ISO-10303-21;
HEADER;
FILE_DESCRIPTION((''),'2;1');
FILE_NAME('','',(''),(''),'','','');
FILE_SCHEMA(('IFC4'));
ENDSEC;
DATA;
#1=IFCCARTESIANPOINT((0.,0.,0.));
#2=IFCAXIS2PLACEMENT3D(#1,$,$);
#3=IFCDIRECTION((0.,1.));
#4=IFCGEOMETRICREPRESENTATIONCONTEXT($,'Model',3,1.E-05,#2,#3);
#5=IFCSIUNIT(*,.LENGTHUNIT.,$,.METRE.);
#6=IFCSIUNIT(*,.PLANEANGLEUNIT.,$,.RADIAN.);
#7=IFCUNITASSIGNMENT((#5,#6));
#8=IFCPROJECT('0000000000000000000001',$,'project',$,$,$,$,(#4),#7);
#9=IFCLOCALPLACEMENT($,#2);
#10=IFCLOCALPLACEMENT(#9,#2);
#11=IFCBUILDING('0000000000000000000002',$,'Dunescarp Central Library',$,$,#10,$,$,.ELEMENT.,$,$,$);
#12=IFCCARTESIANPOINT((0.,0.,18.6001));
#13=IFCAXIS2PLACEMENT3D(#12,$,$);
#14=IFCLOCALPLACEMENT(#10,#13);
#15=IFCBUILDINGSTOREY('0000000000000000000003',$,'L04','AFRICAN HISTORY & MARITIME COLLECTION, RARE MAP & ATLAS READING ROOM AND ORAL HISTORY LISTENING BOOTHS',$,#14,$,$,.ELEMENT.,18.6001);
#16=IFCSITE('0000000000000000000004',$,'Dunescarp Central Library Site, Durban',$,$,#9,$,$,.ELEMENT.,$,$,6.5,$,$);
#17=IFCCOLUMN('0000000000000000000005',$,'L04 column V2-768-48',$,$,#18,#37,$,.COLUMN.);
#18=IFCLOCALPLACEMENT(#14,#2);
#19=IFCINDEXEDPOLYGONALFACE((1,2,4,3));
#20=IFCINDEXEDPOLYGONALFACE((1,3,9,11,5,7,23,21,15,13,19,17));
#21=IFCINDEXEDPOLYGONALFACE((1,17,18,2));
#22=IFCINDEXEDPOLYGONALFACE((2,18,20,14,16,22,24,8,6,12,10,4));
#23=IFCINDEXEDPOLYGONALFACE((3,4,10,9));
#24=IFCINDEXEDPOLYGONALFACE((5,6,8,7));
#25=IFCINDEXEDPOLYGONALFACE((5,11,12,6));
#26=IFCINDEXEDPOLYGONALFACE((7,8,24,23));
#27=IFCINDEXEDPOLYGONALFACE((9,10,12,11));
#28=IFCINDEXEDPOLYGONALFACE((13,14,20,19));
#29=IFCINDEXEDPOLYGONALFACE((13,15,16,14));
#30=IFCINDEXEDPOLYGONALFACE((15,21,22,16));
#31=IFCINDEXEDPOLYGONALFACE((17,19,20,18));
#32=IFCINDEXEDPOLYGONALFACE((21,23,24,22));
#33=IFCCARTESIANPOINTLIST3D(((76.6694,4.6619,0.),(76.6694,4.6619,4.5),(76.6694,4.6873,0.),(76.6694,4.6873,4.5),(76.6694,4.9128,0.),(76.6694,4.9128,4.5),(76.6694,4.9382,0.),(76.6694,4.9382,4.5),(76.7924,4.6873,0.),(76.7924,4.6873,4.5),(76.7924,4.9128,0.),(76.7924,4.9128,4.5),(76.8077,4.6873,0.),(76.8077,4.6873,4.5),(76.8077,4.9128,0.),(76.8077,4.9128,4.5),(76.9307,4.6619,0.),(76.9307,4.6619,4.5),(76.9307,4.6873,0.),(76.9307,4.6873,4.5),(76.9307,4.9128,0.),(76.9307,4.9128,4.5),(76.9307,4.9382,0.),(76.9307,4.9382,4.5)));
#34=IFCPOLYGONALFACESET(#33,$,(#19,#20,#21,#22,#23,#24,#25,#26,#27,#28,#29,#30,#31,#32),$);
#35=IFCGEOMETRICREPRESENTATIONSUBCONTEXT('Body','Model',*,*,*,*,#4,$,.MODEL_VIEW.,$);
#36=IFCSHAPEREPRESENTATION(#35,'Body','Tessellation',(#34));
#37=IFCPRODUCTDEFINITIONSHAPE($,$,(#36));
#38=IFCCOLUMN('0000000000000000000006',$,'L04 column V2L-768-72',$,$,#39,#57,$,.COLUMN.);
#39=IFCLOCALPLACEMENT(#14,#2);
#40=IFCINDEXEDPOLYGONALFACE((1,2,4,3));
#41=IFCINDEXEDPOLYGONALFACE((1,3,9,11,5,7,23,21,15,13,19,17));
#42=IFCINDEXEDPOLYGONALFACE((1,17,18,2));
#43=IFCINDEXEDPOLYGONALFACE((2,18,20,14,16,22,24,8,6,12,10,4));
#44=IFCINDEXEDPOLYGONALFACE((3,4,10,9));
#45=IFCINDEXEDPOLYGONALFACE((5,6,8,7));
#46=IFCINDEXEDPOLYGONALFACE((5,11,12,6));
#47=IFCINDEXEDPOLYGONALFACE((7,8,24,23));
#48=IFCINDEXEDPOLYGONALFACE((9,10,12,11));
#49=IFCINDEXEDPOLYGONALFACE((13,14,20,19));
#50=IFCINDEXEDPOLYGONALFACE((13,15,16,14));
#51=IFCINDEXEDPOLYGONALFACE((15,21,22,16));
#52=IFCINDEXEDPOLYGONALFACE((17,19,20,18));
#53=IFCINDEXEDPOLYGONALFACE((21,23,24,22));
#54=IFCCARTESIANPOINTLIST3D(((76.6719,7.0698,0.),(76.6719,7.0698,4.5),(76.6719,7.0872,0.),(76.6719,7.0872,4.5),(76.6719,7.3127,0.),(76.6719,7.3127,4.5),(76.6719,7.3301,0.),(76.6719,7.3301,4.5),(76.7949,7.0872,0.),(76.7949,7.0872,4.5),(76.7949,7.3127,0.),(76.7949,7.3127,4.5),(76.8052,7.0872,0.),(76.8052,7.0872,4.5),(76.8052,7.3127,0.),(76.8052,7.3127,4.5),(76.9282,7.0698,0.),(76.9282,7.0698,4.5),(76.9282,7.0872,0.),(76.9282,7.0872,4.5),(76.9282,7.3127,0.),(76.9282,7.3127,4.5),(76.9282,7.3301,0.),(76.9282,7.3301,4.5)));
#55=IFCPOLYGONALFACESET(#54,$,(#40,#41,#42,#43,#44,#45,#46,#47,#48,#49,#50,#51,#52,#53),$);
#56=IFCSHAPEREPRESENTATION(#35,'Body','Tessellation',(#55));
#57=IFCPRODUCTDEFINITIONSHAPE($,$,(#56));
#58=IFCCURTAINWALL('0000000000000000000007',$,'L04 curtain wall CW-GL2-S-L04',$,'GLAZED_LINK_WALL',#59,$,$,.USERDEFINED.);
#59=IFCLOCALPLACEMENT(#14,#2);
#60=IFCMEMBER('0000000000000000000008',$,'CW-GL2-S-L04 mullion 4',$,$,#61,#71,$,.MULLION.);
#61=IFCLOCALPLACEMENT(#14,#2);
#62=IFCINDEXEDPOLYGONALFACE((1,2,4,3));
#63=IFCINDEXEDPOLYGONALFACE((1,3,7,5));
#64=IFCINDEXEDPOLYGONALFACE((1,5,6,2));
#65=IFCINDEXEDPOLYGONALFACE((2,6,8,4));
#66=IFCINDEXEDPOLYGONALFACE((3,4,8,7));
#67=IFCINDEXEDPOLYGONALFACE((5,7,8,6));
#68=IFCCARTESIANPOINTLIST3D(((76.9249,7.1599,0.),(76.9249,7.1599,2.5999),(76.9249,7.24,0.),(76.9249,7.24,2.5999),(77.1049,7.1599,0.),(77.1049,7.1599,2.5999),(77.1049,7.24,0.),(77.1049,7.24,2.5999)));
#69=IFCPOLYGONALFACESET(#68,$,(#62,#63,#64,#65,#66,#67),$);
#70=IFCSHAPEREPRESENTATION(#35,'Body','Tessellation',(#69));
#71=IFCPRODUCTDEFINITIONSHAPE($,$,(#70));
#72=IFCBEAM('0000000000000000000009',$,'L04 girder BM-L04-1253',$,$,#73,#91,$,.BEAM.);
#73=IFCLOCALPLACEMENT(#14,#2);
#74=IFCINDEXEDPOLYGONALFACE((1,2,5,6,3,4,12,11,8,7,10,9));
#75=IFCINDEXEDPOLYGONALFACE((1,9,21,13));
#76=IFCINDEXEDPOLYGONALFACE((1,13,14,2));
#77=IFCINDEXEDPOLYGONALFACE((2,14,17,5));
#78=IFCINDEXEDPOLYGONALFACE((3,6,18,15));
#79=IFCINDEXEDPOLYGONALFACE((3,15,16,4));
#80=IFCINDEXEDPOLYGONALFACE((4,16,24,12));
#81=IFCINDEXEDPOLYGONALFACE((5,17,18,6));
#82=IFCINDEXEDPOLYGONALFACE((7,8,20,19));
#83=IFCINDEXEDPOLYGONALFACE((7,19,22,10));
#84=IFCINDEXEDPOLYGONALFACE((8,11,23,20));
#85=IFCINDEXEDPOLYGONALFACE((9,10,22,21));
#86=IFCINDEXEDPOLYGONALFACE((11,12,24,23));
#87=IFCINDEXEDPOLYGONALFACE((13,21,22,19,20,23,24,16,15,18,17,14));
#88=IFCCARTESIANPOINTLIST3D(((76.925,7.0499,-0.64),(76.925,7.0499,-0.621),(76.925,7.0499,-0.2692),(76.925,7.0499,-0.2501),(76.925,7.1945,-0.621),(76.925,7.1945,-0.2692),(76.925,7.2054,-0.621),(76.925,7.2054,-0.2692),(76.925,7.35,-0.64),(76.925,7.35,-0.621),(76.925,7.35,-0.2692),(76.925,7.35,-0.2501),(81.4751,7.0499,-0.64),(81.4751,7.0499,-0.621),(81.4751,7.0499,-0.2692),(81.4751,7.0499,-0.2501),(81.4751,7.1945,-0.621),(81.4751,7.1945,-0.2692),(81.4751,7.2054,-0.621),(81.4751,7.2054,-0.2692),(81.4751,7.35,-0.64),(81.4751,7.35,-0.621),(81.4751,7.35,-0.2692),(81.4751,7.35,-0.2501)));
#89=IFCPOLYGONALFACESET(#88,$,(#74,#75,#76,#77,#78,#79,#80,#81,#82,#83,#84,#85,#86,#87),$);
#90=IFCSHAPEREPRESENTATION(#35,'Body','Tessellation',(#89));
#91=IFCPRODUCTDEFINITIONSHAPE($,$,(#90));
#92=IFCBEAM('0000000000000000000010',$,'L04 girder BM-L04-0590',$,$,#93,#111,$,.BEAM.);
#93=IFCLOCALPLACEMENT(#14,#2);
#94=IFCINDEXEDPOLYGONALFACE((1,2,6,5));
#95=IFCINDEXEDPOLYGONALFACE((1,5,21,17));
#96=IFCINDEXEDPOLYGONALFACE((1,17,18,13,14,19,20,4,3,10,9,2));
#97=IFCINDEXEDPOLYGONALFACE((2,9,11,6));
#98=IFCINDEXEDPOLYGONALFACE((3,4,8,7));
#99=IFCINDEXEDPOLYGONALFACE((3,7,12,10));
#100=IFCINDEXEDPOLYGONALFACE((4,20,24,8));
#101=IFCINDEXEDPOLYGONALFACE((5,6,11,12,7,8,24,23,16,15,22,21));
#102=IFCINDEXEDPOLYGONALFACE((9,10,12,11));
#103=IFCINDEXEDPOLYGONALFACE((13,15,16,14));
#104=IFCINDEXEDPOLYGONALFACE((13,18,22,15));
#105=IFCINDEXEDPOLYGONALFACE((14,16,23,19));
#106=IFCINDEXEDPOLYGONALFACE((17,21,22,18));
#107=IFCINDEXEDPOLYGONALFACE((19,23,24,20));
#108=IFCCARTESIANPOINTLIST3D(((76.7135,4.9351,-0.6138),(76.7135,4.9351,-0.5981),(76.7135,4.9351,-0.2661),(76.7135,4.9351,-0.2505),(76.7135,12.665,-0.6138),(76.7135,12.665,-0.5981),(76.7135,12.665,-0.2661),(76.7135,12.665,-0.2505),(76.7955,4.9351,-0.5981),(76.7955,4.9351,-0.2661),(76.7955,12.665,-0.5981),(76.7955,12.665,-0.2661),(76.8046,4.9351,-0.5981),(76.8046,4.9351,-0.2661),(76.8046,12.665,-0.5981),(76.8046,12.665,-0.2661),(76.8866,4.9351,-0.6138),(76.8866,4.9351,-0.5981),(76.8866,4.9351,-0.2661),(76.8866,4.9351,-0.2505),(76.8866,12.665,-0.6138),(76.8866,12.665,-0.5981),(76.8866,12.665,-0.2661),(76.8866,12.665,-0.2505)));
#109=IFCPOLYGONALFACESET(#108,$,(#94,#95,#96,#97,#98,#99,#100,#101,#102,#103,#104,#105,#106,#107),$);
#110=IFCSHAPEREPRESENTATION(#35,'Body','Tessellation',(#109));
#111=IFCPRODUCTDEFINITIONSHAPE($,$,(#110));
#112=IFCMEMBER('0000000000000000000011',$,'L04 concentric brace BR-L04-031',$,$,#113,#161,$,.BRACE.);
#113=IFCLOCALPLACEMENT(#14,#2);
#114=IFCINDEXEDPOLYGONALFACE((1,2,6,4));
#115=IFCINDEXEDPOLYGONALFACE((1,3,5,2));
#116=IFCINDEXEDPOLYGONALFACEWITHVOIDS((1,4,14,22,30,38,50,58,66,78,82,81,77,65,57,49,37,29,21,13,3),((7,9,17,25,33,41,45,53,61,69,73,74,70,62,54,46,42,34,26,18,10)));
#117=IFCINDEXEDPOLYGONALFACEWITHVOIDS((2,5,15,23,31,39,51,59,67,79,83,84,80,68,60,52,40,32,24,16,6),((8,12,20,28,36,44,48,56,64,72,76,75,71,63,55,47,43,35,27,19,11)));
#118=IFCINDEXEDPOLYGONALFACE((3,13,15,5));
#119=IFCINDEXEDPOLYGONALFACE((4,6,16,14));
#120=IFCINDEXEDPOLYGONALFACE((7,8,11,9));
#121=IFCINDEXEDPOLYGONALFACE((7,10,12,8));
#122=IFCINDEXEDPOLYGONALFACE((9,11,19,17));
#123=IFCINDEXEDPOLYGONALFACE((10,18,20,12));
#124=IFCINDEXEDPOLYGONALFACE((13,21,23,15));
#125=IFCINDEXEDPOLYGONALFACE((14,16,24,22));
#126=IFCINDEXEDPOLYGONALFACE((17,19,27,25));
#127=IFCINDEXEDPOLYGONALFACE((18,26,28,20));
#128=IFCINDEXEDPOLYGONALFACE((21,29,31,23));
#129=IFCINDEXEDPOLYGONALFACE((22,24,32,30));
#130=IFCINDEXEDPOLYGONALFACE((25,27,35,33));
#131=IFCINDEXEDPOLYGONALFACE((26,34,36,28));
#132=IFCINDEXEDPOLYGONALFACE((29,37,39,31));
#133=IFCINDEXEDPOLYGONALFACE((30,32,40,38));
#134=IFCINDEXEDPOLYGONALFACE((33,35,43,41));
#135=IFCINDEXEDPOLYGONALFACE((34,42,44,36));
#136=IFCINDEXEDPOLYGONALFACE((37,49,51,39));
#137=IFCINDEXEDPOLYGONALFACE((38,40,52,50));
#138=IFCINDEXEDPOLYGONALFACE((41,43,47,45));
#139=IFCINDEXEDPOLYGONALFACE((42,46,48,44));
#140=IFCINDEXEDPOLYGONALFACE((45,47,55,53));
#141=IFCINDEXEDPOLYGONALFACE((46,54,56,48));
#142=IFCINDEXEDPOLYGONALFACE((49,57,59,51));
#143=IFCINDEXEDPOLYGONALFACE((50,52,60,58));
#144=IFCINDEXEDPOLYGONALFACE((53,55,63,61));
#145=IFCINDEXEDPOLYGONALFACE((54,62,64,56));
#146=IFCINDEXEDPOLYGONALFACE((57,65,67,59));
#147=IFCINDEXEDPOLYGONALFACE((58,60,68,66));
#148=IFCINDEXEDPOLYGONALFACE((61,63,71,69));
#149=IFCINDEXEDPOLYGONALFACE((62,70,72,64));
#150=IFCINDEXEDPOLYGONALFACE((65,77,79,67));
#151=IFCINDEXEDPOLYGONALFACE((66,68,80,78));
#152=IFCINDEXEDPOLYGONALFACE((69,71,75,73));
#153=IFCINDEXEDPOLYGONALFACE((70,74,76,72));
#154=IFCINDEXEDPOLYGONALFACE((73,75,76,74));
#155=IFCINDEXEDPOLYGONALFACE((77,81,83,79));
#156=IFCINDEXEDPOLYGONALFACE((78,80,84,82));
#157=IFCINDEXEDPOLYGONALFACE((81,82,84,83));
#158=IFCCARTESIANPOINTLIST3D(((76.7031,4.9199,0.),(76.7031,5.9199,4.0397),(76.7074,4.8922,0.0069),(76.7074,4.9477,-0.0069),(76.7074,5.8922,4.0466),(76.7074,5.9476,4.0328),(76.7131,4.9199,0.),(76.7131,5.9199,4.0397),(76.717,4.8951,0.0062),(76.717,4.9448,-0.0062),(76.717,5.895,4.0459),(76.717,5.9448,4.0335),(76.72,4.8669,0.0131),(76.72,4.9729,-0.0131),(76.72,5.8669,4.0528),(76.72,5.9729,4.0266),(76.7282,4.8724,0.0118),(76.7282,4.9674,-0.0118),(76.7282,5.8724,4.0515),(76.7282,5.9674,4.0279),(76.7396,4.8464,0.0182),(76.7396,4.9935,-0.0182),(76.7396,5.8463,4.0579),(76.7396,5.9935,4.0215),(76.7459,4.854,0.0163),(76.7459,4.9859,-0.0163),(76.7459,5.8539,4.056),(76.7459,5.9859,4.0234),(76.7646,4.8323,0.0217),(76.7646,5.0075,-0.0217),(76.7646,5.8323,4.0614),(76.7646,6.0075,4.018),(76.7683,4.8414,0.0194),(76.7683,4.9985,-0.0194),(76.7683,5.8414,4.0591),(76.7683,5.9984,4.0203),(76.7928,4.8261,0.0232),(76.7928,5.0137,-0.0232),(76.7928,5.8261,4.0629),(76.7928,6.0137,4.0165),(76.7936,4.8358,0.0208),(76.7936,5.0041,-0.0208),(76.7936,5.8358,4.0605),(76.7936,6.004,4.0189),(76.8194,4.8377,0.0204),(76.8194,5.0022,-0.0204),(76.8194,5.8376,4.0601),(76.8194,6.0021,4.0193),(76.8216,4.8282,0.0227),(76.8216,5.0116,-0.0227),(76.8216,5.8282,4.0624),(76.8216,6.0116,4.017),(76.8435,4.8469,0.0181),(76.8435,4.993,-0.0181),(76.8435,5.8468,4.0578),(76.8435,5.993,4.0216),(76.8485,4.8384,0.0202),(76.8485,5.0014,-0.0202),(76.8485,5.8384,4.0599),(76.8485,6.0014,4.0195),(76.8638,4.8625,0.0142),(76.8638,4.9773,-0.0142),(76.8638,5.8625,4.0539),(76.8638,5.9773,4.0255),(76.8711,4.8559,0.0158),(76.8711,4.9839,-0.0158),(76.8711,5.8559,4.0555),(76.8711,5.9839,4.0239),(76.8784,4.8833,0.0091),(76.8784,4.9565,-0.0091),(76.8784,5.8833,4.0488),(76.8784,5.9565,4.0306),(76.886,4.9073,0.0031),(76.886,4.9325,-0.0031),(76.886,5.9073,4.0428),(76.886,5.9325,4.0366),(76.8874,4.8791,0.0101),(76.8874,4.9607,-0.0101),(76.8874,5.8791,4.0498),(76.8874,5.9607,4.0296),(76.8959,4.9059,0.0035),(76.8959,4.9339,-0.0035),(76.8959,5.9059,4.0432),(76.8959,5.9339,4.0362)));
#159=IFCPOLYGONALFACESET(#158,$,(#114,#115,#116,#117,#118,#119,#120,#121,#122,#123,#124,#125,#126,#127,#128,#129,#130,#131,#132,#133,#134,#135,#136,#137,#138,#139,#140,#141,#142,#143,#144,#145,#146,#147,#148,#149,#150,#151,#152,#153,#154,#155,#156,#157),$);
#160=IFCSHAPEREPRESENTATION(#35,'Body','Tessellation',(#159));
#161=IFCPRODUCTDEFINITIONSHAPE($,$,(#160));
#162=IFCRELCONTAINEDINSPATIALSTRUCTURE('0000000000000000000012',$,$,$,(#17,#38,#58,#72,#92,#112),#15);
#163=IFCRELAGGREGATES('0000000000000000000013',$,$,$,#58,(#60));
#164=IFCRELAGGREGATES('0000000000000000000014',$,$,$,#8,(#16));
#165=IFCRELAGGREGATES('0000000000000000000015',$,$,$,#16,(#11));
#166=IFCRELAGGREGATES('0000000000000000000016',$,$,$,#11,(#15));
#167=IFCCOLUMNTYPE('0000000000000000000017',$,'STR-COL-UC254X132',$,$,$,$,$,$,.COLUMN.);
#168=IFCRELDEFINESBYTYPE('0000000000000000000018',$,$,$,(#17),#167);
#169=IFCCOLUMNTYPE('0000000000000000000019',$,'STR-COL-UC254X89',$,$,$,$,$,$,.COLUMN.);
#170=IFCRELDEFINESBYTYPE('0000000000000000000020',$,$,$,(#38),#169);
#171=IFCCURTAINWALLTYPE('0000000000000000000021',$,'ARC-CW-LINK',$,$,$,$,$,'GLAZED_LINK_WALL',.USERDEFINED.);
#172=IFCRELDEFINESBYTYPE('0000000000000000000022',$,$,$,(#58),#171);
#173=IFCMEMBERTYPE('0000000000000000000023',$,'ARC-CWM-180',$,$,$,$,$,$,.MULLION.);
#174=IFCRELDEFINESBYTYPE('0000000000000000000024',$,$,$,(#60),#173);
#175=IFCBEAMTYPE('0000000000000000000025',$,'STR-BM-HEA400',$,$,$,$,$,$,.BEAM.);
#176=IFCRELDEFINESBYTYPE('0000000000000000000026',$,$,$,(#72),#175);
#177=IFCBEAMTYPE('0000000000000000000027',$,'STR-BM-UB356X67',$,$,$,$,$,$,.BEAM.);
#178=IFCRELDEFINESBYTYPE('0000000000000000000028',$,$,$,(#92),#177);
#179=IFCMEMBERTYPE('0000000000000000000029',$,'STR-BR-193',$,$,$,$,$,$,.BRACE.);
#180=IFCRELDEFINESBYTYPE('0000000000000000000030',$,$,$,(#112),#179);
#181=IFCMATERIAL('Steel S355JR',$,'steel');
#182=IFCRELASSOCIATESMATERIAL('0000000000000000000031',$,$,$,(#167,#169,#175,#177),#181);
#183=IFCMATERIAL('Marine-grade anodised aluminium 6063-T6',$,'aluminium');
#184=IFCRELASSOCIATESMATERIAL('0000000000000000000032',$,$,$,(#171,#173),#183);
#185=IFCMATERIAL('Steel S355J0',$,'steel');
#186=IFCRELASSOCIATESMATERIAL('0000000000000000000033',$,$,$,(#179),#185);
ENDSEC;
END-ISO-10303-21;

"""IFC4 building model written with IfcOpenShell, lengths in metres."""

from ifc_helpers import new_model, si_unit, direction, frame, origin, origin_2d, place, context, subcontext, project, spatial, rectangle, hollow_circle, i_section, extrude, material, material_profile, profile_set, type_object, element, aggregate, save


model = new_model("IFC4")

# Units and contexts
model_context = context("Model", 3, precision=1e-05, world=origin(), true_north=direction((0.0, 1.0)))
body_context = subcontext(model_context, "Body", "Model", "MODEL_VIEW")
ifc_project = project(units=[si_unit("LENGTHUNIT", "METRE"), si_unit("PLANEANGLEUNIT", "RADIAN")], contexts=[model_context])

# Site, building, storey
site_placement = place(None, origin())
site = spatial("IfcSite", under=ifc_project, at=site_placement, Name="Dunescarp Central Library Site, Durban", CompositionType="ELEMENT", RefElevation=6.5)
building_placement = place(site_placement, origin())
building = spatial("IfcBuilding", under=site, at=building_placement, Name="Dunescarp Central Library", CompositionType="ELEMENT")
storey_placement = place(building_placement, frame((0.0, 0.0, 18.6001)))
storey = spatial("IfcBuildingStorey", under=building, at=storey_placement, Name="L04", Description="AFRICAN HISTORY & MARITIME COLLECTION, RARE MAP & ATLAS READING ROOM AND ORAL HISTORY LISTENING BOOTHS", CompositionType="ELEMENT", Elevation=18.6001)

# Columns
ifc_material_1 = material(Name="Steel S355JR", Category="steel")
ifc_material_profile_1 = material_profile(ifc_material_1, i_section(OverallWidth=0.2612, OverallDepth=0.2764, WebThickness=0.0154, FlangeThickness=0.0254, at=origin_2d()), Name="UC 254x254x132")
ifc_profile_set_1 = profile_set([ifc_material_profile_1], Name="Steel S355JR")
column_type_1 = type_object("IfcColumnType", Name="STR-COL-UC254X132", PredefinedType="COLUMN", material=ifc_profile_set_1)
column_1_placement = place(storey_placement, frame((76.8, 4.8, 0.0), z_axis=(0.0, 0.0, 1.0), x_axis=(1.0, 0.0, 0.0)))
element("IfcColumn", 1, at=column_1_placement, inside=storey, type_object=column_type_1, Name="L04 column V2-768-48", PredefinedType="COLUMN", context=body_context, shape_type="SweptSolid", body=[
    extrude(i_section(OverallWidth=0.2612, OverallDepth=0.2764, WebThickness=0.0154, FlangeThickness=0.0254, at=origin_2d()), origin(), (0.0, 0.0, 1.0), 4.5),
])
ifc_material_profile_2 = material_profile(ifc_material_1, i_section(OverallWidth=0.2563, OverallDepth=0.2603, WebThickness=0.0103, FlangeThickness=0.0173, at=origin_2d()), Name="UC 254x254x89")
ifc_profile_set_2 = profile_set([ifc_material_profile_2], Name="Steel S355JR")
column_type_2 = type_object("IfcColumnType", Name="STR-COL-UC254X89", PredefinedType="COLUMN", material=ifc_profile_set_2)
column_2_placement = place(storey_placement, frame((76.8, 7.2, 0.0), z_axis=(0.0, 0.0, 1.0), x_axis=(1.0, 0.0, 0.0)))
element("IfcColumn", 2, at=column_2_placement, inside=storey, type_object=column_type_2, Name="L04 column V2L-768-72", PredefinedType="COLUMN", context=body_context, shape_type="SweptSolid", body=[
    extrude(i_section(OverallWidth=0.2563, OverallDepth=0.2603, WebThickness=0.0103, FlangeThickness=0.0173, at=origin_2d()), origin(), (0.0, 0.0, 1.0), 4.5),
])

# Curtain wall, member
ifc_material_2 = material(Name="Marine-grade anodised aluminium 6063-T6", Category="aluminium")
curtain_wall_type = type_object("IfcCurtainWallType", Name="ARC-CW-LINK", ElementType="GLAZED_LINK_WALL", PredefinedType="USERDEFINED", material=ifc_material_2)
curtain_wall_placement = place(storey_placement, origin())
curtain_wall = element("IfcCurtainWall", 3, at=curtain_wall_placement, inside=storey, type_object=curtain_wall_type, Name="L04 curtain wall CW-GL2-S-L04", ObjectType="GLAZED_LINK_WALL", PredefinedType="USERDEFINED")
ifc_material_profile_3 = material_profile(ifc_material_2, rectangle(XDim=0.0801, YDim=0.1799, at=origin_2d()), Name="AL 80x180")
ifc_profile_set_3 = profile_set([ifc_material_profile_3], Name="Marine-grade anodised aluminium 6063-T6")
member_type_1 = type_object("IfcMemberType", Name="ARC-CWM-180", PredefinedType="MULLION", material=ifc_profile_set_3)
member_placement = place(storey_placement, frame((77.0149, 7.2, 0.0), z_axis=(0.0, 0.0, 1.0), x_axis=(0.0, -1.0, 0.0)))
member = element("IfcMember", 4, at=member_placement, type_object=member_type_1, Name="CW-GL2-S-L04 mullion 4", PredefinedType="MULLION", context=body_context, shape_type="SweptSolid", body=[
    extrude(rectangle(XDim=0.0801, YDim=0.1799, at=origin_2d()), origin(), (0.0, 0.0, 1.0), 2.5999),
])

# Beams
ifc_material_profile_4 = material_profile(ifc_material_1, i_section(OverallWidth=0.3, OverallDepth=0.3899, WebThickness=0.011, FlangeThickness=0.019, at=origin_2d()), Name="HEA 400")
ifc_profile_set_4 = profile_set([ifc_material_profile_4], Name="Steel S355JR")
beam_type_1 = type_object("IfcBeamType", Name="STR-BM-HEA400", PredefinedType="BEAM", material=ifc_profile_set_4)
beam_1_placement = place(storey_placement, frame((76.925, 7.2, -0.4451), z_axis=(1.0, 0.0, 0.0), x_axis=(0.0, 1.0, 0.0)))
element("IfcBeam", 5, at=beam_1_placement, inside=storey, type_object=beam_type_1, Name="L04 girder BM-L04-1253", PredefinedType="BEAM", context=body_context, shape_type="SweptSolid", body=[
    extrude(i_section(OverallWidth=0.3, OverallDepth=0.3899, WebThickness=0.011, FlangeThickness=0.019, at=origin_2d()), origin(), (0.0, 0.0, 1.0), 4.55),
])
ifc_material_profile_5 = material_profile(ifc_material_1, i_section(OverallWidth=0.1731, OverallDepth=0.3633, WebThickness=0.009, FlangeThickness=0.0156, at=origin_2d()), Name="UB 356x171x67")
ifc_profile_set_5 = profile_set([ifc_material_profile_5], Name="Steel S355JR")
beam_type_2 = type_object("IfcBeamType", Name="STR-BM-UB356X67", PredefinedType="BEAM", material=ifc_profile_set_5)
beam_2_placement = place(storey_placement, frame((76.8, 4.9351, -0.4321), z_axis=(0.0, 1.0, 0.0), x_axis=(-1.0, 0.0, 0.0)))
element("IfcBeam", 6, at=beam_2_placement, inside=storey, type_object=beam_type_2, Name="L04 girder BM-L04-0590", PredefinedType="BEAM", context=body_context, shape_type="SweptSolid", body=[
    extrude(i_section(OverallWidth=0.1731, OverallDepth=0.3633, WebThickness=0.009, FlangeThickness=0.0156, at=origin_2d()), origin(), (0.0, 0.0, 1.0), 7.73),
])

# Member
ifc_material_3 = material(Name="Steel S355J0", Category="steel")
ifc_material_profile_6 = material_profile(ifc_material_3, hollow_circle(Radius=0.0969, WallThickness=0.01, at=origin_2d()), Name="CHS 193.7x10")
ifc_profile_set_6 = profile_set([ifc_material_profile_6], Name="Steel S355J0")
member_type_2 = type_object("IfcMemberType", Name="STR-BR-193", PredefinedType="BRACE", material=ifc_profile_set_6)
for number, where, z_axis, x_axis, name in (
    (7, (76.8, 4.9199, 0.0), (0.0, 0.240285, 0.970702), (-1.0, 0.0, 0.0), "L04 concentric brace BR-L04-031"),
):
    element("IfcMember", number, at=place(storey_placement, frame(where, z_axis=z_axis, x_axis=x_axis)), inside=storey, type_object=member_type_2, Name=name, PredefinedType="BRACE", context=body_context, shape_type="SweptSolid", body=[
        extrude(hollow_circle(Radius=0.0969, WallThickness=0.01, at=origin_2d()), origin(), (0.0, 0.0, 1.0), 4.1616),
    ])

aggregate(curtain_wall, [member])

save(model, "model.ifc")
